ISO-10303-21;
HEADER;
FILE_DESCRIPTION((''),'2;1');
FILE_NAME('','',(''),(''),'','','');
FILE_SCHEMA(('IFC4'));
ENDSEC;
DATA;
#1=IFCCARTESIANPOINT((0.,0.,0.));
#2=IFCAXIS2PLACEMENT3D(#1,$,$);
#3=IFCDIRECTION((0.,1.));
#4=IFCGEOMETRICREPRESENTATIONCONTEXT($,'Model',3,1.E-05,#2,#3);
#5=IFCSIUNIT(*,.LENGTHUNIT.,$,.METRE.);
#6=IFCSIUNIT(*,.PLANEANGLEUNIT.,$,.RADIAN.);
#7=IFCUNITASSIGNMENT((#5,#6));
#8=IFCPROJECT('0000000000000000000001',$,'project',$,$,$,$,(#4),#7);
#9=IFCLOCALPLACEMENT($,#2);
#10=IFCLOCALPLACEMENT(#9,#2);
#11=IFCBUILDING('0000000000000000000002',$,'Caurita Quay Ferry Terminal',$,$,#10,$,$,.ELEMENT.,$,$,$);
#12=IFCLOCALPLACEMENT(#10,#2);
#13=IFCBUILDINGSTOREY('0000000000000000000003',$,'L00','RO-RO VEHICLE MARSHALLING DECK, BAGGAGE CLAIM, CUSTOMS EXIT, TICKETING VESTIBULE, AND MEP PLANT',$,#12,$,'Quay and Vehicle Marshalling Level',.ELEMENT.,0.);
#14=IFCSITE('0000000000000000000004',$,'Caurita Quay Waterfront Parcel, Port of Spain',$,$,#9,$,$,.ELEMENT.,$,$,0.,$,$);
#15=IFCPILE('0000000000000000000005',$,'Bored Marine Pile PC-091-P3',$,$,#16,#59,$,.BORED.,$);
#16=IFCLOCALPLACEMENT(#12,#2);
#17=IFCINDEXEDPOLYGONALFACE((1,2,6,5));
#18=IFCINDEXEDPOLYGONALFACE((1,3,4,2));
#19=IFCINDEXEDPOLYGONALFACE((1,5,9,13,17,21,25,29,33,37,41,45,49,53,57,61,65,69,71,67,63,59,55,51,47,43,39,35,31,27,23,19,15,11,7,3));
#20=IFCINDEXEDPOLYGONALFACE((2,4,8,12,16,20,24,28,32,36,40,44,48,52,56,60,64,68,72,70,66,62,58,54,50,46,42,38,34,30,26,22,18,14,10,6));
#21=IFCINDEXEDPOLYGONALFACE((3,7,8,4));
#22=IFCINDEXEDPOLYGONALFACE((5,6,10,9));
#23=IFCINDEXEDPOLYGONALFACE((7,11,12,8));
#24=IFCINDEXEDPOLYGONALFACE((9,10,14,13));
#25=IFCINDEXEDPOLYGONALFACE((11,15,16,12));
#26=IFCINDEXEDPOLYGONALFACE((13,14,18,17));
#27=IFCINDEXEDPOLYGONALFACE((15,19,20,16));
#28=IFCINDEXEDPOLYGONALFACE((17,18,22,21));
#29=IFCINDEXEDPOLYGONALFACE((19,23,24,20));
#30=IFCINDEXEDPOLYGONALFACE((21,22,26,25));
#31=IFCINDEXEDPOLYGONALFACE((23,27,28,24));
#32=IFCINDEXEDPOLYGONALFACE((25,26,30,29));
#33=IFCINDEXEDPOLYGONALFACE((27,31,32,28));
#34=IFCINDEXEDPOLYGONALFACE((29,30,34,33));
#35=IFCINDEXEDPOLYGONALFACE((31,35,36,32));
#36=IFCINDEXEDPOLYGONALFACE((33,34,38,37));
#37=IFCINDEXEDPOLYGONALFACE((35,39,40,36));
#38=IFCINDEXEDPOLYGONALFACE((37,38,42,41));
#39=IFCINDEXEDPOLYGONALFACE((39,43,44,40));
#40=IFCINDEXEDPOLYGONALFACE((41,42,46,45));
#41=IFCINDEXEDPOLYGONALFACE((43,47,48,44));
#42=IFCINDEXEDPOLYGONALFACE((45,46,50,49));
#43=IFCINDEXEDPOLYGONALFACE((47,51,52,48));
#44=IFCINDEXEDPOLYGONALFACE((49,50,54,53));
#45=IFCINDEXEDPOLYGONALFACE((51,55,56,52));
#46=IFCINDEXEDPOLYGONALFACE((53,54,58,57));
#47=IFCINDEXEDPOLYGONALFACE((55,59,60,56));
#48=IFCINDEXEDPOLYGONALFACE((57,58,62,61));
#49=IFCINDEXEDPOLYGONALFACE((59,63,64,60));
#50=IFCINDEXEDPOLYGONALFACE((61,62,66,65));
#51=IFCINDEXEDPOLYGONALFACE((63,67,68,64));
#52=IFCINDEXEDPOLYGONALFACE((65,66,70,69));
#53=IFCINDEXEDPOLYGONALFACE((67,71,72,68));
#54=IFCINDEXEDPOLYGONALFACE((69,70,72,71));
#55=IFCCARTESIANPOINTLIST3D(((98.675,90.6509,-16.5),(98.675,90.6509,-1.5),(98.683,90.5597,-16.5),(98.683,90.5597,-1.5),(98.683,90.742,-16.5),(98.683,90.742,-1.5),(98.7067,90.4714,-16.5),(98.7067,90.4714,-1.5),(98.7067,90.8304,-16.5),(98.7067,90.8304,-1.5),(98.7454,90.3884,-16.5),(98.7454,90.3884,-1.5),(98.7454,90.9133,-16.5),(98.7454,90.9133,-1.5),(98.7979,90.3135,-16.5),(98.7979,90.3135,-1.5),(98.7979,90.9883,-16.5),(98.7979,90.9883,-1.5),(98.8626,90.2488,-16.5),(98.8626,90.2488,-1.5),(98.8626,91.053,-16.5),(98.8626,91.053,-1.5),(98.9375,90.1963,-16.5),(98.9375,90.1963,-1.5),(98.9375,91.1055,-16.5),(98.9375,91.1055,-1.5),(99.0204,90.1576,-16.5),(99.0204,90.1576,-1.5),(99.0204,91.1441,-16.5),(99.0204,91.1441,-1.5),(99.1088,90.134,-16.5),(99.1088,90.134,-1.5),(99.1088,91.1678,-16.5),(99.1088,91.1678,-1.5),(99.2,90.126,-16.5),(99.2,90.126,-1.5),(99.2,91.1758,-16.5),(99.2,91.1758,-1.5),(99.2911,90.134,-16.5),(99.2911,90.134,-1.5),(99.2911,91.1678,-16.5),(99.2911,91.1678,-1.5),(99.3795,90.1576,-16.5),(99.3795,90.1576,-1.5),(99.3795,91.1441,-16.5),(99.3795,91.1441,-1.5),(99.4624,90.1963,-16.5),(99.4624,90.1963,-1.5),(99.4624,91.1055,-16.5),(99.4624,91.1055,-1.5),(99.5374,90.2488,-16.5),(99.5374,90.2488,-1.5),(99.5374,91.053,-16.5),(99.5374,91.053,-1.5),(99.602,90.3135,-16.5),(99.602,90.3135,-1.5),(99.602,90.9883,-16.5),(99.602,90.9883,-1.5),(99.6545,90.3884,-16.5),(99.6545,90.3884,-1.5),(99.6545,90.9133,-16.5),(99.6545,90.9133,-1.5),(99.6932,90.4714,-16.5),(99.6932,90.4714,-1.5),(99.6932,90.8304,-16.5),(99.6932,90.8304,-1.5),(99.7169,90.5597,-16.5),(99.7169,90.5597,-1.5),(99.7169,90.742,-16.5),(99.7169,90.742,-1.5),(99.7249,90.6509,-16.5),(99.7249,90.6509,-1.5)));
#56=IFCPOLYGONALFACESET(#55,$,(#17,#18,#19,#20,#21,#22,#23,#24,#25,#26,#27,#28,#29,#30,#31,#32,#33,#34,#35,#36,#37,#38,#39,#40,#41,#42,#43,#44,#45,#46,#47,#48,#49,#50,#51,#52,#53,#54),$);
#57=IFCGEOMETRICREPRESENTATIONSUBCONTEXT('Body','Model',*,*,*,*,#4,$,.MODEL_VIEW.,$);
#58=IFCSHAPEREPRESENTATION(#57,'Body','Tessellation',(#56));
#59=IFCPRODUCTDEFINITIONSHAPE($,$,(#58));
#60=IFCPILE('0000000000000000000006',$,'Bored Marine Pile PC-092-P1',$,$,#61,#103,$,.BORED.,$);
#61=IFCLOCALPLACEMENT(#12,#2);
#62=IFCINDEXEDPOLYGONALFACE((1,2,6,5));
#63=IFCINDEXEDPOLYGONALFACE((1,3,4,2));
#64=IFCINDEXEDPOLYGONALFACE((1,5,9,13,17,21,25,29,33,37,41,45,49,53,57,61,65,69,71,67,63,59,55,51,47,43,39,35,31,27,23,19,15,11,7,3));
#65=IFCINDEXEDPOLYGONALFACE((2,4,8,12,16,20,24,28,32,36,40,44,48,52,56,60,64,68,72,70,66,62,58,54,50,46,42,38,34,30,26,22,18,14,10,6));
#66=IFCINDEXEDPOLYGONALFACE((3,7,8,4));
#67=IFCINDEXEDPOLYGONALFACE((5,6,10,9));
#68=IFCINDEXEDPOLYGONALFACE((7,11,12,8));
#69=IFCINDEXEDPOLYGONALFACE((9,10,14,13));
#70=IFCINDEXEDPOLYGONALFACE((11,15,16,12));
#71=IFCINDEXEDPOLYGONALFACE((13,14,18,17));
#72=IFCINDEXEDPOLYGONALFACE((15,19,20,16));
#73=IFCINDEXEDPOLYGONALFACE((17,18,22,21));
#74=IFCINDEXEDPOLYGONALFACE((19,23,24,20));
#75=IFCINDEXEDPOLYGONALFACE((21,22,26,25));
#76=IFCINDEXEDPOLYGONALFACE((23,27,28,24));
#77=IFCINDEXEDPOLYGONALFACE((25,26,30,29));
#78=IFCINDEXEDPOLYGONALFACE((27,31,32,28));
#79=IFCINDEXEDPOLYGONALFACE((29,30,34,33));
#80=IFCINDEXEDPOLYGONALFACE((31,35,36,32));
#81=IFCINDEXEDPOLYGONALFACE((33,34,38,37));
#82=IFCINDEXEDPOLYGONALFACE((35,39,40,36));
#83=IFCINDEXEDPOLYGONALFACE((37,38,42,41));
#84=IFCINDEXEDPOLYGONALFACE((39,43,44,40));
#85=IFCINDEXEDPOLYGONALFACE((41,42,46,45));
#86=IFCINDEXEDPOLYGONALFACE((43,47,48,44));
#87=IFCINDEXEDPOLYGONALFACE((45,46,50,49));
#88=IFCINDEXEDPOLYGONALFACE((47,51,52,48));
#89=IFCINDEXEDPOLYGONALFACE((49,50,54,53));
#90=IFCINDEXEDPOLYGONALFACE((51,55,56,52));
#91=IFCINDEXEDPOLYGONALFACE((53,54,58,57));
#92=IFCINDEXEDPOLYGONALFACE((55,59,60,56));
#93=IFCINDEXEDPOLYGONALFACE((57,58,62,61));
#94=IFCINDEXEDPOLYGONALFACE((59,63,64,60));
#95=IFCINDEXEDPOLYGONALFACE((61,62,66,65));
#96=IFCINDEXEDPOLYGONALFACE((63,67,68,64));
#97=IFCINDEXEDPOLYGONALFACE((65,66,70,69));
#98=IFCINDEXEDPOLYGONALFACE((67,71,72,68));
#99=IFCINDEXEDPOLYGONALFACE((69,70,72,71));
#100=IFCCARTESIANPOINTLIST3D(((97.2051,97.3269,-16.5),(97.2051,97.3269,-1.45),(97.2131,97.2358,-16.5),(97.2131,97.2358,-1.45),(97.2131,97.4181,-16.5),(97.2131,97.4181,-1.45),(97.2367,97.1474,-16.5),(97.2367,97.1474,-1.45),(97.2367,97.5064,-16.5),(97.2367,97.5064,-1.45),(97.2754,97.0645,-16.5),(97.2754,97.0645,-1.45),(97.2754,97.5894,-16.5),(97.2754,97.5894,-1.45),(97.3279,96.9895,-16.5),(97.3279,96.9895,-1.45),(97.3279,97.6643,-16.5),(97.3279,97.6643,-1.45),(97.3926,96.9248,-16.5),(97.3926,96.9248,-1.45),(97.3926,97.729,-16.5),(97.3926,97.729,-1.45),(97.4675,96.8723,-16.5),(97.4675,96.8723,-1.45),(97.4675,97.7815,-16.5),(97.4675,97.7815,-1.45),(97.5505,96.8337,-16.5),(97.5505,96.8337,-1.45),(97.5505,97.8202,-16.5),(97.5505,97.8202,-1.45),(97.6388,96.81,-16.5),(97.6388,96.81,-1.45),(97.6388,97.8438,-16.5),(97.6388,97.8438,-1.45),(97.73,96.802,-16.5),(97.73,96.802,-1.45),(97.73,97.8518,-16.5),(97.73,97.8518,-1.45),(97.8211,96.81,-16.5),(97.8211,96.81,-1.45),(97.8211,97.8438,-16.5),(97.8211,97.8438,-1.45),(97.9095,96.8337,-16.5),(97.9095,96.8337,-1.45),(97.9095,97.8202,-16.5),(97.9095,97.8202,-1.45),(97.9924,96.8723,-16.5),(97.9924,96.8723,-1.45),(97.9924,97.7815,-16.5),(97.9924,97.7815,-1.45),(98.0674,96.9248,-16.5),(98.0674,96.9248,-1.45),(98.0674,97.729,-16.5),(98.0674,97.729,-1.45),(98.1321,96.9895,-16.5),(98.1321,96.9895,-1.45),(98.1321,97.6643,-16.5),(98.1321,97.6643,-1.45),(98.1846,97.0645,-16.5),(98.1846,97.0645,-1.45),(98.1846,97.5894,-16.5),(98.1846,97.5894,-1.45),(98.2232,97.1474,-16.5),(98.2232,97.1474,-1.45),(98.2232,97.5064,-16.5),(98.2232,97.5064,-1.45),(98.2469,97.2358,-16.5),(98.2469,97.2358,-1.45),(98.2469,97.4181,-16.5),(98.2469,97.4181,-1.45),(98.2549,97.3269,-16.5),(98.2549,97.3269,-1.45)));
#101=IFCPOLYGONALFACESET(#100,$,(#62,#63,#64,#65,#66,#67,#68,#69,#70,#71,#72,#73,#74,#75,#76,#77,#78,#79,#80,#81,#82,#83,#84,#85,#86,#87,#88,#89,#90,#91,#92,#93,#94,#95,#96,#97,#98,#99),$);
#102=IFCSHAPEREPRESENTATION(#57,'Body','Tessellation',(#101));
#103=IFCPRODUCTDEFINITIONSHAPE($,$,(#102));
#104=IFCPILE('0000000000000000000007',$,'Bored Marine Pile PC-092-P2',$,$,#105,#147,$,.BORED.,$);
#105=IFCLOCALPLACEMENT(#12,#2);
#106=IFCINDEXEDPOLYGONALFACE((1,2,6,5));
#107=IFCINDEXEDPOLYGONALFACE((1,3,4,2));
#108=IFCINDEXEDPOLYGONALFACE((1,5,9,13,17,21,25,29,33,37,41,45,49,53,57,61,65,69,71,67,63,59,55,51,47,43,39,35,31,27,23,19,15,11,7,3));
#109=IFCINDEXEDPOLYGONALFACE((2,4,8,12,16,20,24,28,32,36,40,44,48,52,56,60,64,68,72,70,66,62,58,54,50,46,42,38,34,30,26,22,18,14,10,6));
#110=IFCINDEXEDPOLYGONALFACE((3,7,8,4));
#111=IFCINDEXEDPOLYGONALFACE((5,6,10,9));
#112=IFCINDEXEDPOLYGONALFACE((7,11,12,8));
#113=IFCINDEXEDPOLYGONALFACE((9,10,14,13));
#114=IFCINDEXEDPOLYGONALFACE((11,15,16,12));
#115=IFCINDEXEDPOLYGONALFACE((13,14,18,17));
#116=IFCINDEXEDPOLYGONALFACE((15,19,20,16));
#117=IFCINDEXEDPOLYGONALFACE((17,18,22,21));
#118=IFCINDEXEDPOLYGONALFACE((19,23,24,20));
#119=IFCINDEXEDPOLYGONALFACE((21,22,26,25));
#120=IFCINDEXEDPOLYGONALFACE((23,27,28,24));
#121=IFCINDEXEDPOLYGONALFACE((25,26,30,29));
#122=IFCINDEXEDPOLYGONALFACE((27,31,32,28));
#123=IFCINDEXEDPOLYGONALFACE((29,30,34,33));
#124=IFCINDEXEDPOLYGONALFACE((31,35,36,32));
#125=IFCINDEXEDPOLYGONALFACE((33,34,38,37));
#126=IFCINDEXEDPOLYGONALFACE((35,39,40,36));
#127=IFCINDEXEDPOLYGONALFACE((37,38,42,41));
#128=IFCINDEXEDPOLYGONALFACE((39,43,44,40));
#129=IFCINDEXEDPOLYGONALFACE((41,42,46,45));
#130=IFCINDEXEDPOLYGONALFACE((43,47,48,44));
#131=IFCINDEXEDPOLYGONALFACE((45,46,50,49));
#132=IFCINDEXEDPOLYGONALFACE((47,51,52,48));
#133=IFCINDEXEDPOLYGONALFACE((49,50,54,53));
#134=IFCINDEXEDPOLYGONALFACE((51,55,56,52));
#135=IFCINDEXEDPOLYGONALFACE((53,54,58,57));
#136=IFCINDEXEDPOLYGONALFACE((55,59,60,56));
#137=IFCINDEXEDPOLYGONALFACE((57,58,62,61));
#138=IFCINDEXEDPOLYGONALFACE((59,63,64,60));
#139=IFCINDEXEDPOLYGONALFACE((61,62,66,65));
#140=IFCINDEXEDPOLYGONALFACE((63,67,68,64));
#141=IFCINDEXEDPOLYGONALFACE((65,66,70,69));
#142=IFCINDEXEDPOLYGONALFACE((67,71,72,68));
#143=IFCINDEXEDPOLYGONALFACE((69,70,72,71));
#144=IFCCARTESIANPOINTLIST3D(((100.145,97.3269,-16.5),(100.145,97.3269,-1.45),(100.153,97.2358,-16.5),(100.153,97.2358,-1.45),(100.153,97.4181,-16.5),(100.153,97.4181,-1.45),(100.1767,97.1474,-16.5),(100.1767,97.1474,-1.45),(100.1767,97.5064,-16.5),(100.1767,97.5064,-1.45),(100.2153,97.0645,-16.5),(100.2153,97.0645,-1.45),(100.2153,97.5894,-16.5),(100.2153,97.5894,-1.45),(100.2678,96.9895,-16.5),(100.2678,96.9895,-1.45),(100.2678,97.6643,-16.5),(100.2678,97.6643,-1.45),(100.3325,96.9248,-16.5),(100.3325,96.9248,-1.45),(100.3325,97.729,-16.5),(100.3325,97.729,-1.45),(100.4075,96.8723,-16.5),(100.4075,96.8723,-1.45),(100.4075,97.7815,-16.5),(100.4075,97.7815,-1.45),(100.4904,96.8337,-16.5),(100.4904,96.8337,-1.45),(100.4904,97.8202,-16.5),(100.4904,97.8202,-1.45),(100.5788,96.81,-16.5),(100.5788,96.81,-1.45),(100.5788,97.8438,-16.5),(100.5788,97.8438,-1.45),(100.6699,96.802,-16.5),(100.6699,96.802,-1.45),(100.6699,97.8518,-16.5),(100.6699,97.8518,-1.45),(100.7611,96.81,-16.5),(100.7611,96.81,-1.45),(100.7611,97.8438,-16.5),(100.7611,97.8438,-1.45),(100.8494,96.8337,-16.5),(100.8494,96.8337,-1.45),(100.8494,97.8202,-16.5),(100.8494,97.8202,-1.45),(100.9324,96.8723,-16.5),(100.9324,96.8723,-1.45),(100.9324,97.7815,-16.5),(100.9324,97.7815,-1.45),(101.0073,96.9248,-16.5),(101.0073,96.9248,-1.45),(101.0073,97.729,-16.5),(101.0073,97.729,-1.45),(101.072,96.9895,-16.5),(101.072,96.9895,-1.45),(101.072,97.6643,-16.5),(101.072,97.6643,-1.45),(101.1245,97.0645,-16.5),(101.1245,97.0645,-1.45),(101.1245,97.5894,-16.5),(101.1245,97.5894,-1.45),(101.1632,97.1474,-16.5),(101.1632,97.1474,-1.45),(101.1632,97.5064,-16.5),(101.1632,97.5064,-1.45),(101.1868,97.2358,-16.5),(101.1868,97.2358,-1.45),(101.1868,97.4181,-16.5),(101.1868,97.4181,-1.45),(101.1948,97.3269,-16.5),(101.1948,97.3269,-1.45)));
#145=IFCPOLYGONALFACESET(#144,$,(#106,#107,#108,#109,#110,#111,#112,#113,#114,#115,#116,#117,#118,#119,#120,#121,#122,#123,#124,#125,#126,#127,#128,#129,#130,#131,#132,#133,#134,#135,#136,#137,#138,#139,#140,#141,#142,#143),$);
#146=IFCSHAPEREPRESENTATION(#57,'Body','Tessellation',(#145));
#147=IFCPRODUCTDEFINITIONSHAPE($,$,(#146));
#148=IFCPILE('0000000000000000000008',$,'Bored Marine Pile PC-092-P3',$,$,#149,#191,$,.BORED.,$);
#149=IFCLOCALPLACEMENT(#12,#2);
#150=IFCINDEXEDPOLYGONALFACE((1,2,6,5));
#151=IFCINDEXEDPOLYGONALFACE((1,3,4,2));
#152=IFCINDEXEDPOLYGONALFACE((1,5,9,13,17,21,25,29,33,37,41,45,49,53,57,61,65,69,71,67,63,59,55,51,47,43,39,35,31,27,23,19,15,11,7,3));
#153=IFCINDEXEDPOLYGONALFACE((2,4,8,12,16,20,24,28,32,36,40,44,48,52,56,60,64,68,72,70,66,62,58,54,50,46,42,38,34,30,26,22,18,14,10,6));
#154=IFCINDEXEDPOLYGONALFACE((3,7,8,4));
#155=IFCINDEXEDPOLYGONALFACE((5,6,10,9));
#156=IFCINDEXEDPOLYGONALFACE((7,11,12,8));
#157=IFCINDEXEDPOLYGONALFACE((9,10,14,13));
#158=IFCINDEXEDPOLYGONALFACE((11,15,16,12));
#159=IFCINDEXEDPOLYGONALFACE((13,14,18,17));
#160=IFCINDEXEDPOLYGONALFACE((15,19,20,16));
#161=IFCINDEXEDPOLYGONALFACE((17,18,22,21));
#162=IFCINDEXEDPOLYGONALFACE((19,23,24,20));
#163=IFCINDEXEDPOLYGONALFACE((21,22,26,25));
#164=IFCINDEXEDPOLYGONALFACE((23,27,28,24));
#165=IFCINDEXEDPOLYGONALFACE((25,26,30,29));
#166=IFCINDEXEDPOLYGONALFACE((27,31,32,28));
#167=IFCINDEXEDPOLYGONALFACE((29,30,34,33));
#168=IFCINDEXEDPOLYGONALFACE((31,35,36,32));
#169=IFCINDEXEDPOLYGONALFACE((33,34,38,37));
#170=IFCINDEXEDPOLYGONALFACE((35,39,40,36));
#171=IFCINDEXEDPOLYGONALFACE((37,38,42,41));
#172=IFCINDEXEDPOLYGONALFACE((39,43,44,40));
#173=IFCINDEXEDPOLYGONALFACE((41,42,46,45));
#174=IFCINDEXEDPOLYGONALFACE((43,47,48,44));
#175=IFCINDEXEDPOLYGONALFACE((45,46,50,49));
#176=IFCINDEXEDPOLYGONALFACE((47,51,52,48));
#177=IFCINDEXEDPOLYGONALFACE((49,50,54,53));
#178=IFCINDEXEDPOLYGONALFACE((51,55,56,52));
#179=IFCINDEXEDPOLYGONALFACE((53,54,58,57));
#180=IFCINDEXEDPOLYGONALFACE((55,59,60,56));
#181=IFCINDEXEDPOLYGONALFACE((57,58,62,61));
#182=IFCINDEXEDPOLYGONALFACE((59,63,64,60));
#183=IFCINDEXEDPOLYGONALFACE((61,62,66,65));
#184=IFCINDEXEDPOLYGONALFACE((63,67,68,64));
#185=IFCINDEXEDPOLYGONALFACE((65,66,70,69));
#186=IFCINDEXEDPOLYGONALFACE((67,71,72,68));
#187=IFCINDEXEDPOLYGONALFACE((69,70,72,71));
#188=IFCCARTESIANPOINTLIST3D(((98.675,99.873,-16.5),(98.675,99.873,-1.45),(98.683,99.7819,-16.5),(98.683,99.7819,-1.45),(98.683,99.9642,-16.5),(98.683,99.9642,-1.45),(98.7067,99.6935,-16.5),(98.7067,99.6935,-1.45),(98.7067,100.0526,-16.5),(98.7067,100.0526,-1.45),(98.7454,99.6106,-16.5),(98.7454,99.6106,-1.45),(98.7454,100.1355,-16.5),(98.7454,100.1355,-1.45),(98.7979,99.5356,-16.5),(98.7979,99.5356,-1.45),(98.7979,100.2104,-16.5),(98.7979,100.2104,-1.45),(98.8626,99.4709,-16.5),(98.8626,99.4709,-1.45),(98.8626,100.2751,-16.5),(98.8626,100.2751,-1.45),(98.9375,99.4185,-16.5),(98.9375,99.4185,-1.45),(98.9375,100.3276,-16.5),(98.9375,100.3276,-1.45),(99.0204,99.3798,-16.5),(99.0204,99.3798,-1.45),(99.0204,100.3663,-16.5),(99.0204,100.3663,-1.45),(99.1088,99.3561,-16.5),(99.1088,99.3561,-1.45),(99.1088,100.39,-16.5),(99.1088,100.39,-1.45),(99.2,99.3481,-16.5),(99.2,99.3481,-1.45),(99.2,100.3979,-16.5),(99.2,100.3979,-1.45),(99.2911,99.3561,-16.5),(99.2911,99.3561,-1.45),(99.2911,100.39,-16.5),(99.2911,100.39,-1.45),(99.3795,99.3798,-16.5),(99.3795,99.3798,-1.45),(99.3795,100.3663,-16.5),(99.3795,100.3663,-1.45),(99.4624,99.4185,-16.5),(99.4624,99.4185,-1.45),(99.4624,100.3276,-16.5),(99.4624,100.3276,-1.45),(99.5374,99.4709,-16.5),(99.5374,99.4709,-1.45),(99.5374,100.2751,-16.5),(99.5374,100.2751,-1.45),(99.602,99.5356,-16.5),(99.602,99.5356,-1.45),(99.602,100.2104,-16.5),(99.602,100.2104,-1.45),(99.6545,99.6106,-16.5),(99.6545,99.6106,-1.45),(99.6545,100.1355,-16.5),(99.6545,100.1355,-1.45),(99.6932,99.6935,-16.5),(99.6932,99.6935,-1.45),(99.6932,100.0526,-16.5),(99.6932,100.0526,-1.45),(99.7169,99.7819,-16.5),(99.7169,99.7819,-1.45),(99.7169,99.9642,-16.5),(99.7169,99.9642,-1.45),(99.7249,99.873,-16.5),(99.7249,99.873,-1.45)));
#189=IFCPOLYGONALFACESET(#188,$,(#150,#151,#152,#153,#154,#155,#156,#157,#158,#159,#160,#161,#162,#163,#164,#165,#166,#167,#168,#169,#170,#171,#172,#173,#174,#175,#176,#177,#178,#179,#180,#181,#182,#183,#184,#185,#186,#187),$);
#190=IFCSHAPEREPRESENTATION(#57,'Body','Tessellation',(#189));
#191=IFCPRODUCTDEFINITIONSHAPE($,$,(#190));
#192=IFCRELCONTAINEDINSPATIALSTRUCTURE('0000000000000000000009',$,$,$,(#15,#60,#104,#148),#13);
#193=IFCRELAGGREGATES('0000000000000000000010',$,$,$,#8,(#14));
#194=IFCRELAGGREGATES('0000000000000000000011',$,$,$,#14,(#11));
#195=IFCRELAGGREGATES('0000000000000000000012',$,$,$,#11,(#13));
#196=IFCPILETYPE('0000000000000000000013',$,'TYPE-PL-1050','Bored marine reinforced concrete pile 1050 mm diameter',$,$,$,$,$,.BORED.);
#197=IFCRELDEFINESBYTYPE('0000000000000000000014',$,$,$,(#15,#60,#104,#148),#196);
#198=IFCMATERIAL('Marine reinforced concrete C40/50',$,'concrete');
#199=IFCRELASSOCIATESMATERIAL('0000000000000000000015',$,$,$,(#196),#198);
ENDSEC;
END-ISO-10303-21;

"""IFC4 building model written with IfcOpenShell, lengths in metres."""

from ifc_helpers import new_model, si_unit, direction, frame, origin, origin_2d, place, context, subcontext, project, spatial, circle, extrude, material, material_profile, profile_set, type_object, element, save


model = new_model("IFC4")

# Units and contexts
model_context = context("Model", 3, precision=1e-05, world=origin(), true_north=direction((0.0, 1.0)))
body_context = subcontext(model_context, "Body", "Model", "MODEL_VIEW")
ifc_project = project(units=[si_unit("LENGTHUNIT", "METRE"), si_unit("PLANEANGLEUNIT", "RADIAN")], contexts=[model_context])

# Site, building, storey
site_placement = place(None, origin())
site = spatial("IfcSite", under=ifc_project, at=site_placement, Name="Caurita Quay Waterfront Parcel, Port of Spain", CompositionType="ELEMENT", RefElevation=0.0)
building_placement = place(site_placement, origin())
building = spatial("IfcBuilding", under=site, at=building_placement, Name="Caurita Quay Ferry Terminal", CompositionType="ELEMENT")
storey_placement = place(building_placement, origin())
storey = spatial("IfcBuildingStorey", under=building, at=storey_placement, Name="L00", Description="RO-RO VEHICLE MARSHALLING DECK, BAGGAGE CLAIM, CUSTOMS EXIT, TICKETING VESTIBULE, AND MEP PLANT", LongName="Quay and Vehicle Marshalling Level", CompositionType="ELEMENT", Elevation=0.0)

# Piles
ifc_material_1 = material(Name="Marine reinforced concrete C40/50", Category="concrete")
ifc_material_profile_1 = material_profile(ifc_material_1, circle(Radius=0.5249, at=origin_2d()), Name="PILE-D1050")
ifc_profile_set_1 = profile_set([ifc_material_profile_1], Name="Marine reinforced concrete C40/50")
pile_type_1 = type_object("IfcPileType", Name="TYPE-PL-1050", Description="Bored marine reinforced concrete pile 1050 mm diameter", PredefinedType="BORED", material=ifc_profile_set_1)
pile_1_placement = place(storey_placement, frame((99.2, 90.6509, -1.5), z_axis=(0.0, 0.0, -1.0), x_axis=(1.0, 0.0, 0.0)))
element("IfcPile", 1, at=pile_1_placement, inside=storey, type_object=pile_type_1, Name="Bored Marine Pile PC-091-P3", PredefinedType="BORED", context=body_context, shape_type="SweptSolid", body=[
    extrude(circle(Radius=0.5249, at=origin_2d()), origin(), (0.0, 0.0, 1.0), 15.0),
])
for number, where, z_axis, x_axis, name in (
    (2, (97.73, 97.3269, -1.45), (0.0, 0.0, -1.0), (1.0, 0.0, 0.0), "Bored Marine Pile PC-092-P1"),
    (3, (100.6699, 97.3269, -1.45), (0.0, 0.0, -1.0), (1.0, 0.0, 0.0), "Bored Marine Pile PC-092-P2"),
    (4, (99.2, 99.873, -1.45), (0.0, 0.0, -1.0), (1.0, 0.0, 0.0), "Bored Marine Pile PC-092-P3"),
):
    element("IfcPile", number, at=place(storey_placement, frame(where, z_axis=z_axis, x_axis=x_axis)), inside=storey, type_object=pile_type_1, Name=name, PredefinedType="BORED", context=body_context, shape_type="SweptSolid", body=[
        extrude(circle(Radius=0.5249, at=origin_2d()), origin(), (0.0, 0.0, 1.0), 15.05),
    ])

save(model, "model.ifc")
